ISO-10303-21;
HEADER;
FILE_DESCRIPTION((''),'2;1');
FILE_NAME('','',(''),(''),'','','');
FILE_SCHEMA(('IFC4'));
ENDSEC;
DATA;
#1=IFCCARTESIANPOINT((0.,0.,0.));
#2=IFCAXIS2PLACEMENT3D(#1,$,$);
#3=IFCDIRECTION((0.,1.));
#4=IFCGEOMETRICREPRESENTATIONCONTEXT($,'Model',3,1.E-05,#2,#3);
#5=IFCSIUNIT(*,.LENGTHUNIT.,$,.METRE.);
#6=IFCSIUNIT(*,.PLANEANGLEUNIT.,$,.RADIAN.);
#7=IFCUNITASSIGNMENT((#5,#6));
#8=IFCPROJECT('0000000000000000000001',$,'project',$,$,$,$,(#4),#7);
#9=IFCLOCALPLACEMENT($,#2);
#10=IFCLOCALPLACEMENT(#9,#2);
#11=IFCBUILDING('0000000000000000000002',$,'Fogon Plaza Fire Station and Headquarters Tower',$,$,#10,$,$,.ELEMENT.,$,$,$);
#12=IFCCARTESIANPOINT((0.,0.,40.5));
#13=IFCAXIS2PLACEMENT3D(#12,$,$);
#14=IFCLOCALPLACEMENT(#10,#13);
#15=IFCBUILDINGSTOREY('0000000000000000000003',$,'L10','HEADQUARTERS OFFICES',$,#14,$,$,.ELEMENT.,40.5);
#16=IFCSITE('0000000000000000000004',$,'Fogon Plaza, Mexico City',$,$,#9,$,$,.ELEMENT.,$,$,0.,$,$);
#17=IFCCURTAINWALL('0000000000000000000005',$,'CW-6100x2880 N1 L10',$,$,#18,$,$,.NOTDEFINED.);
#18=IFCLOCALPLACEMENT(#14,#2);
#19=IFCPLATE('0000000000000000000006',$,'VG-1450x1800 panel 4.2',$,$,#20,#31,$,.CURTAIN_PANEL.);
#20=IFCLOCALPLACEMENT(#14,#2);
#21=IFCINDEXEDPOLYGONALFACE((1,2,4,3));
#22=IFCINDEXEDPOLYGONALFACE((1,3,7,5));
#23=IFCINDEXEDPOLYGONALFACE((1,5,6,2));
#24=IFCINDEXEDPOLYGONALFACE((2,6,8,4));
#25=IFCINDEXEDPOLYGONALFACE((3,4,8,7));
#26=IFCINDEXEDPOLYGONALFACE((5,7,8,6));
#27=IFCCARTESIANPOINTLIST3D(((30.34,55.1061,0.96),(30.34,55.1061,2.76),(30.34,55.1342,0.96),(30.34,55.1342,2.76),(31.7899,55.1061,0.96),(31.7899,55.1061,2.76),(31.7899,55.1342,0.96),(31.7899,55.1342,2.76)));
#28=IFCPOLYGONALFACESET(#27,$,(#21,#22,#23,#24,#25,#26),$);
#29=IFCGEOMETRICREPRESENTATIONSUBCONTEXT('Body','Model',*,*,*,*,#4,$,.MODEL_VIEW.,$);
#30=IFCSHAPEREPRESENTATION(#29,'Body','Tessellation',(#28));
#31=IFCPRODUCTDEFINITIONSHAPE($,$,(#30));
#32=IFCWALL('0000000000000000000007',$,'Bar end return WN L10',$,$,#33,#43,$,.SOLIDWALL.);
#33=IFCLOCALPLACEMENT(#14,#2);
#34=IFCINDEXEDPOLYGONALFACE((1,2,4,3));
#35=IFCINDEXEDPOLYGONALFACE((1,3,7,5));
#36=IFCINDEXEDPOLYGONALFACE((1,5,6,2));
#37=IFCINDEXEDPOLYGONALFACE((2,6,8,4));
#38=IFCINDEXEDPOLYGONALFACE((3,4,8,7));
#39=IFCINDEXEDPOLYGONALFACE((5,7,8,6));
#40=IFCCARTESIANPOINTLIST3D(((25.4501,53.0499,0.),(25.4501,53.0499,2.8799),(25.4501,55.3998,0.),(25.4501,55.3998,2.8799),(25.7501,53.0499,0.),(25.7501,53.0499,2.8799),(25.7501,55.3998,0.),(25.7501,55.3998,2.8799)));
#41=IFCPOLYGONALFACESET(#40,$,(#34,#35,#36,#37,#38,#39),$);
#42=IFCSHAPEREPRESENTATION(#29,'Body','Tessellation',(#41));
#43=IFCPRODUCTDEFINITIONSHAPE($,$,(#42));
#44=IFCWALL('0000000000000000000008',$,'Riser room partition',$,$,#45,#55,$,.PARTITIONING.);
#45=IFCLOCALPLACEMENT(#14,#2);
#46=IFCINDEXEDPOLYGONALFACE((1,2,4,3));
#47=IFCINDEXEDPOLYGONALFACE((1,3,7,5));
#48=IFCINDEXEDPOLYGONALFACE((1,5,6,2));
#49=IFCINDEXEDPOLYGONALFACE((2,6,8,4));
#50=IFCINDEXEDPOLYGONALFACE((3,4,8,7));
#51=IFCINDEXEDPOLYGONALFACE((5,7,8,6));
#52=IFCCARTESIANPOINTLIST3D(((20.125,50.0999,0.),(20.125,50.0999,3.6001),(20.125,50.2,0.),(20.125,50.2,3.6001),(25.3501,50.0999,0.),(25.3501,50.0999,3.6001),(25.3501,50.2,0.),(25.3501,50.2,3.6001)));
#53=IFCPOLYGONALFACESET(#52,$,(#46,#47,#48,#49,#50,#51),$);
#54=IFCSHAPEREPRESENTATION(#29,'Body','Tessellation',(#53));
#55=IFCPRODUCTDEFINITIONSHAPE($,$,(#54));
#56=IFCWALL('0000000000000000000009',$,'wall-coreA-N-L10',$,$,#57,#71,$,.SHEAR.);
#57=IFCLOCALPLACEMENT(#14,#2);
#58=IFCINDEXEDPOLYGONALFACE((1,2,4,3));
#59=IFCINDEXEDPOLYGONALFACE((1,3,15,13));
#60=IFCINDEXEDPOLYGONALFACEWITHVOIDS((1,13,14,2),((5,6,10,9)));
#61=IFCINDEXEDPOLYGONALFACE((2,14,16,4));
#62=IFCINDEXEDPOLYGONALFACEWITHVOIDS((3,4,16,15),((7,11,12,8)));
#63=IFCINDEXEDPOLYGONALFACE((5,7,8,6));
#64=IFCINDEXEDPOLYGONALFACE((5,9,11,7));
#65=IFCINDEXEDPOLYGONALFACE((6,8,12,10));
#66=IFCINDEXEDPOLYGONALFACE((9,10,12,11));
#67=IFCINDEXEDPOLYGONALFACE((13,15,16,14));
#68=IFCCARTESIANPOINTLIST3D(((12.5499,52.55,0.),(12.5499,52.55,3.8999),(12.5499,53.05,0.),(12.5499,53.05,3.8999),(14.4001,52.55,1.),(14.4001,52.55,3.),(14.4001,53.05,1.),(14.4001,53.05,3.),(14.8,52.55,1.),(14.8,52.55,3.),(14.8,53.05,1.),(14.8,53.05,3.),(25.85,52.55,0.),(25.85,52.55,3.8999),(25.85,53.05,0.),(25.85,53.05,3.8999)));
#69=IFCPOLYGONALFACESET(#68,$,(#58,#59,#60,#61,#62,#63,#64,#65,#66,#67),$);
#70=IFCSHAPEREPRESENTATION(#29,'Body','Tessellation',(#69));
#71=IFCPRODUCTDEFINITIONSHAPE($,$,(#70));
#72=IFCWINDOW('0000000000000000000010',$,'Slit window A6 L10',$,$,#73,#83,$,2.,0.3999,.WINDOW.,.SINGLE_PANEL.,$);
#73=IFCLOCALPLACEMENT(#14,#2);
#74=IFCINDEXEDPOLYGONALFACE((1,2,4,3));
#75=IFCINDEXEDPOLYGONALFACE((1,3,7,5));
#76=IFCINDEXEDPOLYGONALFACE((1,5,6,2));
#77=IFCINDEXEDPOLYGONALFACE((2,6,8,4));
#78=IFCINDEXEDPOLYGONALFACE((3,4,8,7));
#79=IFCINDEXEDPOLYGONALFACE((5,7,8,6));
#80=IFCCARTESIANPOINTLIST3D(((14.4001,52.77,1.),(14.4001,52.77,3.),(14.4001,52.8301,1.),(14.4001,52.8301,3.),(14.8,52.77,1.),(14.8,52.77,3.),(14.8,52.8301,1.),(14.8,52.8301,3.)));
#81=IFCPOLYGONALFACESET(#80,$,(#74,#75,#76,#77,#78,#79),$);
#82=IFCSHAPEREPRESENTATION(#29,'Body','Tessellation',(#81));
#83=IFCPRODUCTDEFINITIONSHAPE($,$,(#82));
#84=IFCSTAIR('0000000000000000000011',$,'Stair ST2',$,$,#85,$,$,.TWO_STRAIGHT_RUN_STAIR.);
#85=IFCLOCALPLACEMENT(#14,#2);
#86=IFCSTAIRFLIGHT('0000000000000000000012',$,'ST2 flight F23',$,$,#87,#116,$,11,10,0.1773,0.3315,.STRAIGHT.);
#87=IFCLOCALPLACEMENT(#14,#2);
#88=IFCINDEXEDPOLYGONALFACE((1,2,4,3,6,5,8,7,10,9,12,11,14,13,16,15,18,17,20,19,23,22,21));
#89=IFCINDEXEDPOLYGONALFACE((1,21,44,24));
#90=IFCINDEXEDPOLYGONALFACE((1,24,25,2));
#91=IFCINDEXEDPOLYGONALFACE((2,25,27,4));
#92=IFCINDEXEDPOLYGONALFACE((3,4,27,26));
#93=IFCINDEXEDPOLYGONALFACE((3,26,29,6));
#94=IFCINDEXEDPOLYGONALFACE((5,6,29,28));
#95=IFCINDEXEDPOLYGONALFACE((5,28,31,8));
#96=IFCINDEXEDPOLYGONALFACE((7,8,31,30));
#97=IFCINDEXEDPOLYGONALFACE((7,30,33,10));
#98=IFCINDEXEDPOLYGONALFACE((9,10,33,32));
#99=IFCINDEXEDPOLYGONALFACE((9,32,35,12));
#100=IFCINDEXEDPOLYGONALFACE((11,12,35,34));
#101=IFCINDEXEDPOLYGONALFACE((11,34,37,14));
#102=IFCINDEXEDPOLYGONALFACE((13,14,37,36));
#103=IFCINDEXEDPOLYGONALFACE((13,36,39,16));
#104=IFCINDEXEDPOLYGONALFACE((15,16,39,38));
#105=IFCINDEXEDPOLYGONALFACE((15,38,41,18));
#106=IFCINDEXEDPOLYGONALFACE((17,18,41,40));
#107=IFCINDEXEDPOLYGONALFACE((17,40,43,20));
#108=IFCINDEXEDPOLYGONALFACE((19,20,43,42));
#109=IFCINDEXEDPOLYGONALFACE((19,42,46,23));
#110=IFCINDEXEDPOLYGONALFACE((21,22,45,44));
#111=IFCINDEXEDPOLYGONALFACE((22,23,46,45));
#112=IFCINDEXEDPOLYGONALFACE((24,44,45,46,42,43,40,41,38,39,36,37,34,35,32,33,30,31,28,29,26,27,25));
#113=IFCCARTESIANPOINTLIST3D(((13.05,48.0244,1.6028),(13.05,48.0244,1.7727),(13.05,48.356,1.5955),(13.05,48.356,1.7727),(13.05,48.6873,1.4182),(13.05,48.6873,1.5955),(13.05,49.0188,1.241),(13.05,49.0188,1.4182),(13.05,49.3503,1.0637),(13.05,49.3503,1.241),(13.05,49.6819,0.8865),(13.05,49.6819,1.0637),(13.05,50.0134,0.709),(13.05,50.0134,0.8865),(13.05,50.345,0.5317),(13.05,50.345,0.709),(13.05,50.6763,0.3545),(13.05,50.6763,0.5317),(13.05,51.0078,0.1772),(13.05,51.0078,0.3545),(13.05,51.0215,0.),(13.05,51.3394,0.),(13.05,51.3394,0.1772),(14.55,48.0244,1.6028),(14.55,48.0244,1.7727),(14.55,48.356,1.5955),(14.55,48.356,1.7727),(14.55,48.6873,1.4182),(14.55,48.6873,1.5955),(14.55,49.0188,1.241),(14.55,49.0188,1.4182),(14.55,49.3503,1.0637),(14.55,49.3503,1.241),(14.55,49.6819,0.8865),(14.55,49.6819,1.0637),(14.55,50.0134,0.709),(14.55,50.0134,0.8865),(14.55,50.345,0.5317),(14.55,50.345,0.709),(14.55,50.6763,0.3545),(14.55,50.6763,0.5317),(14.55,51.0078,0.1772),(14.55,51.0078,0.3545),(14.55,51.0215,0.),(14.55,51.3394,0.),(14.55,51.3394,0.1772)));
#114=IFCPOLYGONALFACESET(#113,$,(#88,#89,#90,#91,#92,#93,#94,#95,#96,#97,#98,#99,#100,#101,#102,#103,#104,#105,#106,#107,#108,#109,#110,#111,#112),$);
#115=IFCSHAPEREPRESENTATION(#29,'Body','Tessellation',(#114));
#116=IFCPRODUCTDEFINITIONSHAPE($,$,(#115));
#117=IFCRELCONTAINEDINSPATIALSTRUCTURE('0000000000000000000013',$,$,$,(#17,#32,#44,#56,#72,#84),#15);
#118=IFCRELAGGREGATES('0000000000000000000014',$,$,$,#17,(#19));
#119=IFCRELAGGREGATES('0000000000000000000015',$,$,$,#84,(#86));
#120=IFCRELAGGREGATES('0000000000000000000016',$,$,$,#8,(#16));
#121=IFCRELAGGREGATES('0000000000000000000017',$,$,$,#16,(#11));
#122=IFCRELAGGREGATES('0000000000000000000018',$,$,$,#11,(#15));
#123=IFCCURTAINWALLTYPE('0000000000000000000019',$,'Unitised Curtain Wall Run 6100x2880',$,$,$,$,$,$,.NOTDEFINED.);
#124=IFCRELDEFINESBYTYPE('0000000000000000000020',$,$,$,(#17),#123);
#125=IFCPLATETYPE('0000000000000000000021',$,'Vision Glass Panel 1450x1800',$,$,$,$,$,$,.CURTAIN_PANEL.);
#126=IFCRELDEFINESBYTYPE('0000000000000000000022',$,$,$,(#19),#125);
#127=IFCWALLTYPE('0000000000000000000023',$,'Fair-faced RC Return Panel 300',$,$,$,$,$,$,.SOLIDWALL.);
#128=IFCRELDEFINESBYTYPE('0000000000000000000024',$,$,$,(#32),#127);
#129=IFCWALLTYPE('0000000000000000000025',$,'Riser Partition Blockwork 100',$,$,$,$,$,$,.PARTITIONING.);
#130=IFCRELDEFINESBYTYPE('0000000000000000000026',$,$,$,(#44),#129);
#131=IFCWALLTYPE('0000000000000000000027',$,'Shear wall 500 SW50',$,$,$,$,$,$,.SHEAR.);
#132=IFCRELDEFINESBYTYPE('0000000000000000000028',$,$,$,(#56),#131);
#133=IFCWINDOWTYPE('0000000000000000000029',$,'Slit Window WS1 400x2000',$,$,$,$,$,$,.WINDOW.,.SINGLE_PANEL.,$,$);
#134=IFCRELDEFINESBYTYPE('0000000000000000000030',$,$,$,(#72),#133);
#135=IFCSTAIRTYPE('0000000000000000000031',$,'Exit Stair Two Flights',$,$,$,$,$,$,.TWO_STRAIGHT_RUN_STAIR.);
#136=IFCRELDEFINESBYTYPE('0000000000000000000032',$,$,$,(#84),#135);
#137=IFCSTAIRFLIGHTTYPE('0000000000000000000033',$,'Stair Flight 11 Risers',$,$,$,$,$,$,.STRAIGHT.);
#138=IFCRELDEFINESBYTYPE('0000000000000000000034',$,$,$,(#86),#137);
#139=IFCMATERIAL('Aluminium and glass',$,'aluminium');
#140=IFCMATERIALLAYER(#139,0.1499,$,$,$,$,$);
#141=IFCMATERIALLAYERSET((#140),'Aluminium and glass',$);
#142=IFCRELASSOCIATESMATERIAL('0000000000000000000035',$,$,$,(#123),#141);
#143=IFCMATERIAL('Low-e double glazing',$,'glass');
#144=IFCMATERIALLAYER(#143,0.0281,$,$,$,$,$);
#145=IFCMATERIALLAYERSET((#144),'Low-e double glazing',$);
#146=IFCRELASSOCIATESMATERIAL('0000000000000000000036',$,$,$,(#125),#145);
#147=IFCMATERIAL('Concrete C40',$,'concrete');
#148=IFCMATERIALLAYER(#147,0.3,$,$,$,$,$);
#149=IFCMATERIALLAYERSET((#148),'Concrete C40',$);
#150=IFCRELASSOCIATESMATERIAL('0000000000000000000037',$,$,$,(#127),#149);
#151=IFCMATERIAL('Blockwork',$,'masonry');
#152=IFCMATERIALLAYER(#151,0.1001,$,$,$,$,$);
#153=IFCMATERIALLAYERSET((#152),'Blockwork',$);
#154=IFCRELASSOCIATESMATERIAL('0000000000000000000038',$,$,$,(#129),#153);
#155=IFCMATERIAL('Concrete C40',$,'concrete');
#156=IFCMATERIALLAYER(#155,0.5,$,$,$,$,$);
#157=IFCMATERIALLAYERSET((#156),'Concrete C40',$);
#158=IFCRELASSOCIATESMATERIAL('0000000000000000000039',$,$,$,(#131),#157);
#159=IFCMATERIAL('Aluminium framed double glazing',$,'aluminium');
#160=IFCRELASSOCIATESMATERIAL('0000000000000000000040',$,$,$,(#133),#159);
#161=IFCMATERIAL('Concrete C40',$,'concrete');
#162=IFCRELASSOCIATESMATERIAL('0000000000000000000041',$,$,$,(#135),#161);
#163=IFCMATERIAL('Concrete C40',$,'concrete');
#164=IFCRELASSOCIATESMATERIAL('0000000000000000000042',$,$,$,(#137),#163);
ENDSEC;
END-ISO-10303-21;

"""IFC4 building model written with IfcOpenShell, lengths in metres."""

from ifc_helpers import new_model, si_unit, direction, frame, frame_2d, origin, origin_2d, place, context, subcontext, project, spatial, polyline, rectangle, outline, extrude, material, layer, layer_set, type_object, element, fill, aggregate, save


model = new_model("IFC4")

# Units and contexts
model_context = context("Model", 3, precision=1e-05, world=origin(), true_north=direction((0.0, 1.0)))
body_context = subcontext(model_context, "Body", "Model", "MODEL_VIEW")
ifc_project = project(units=[si_unit("LENGTHUNIT", "METRE"), si_unit("PLANEANGLEUNIT", "RADIAN")], contexts=[model_context])

# Site, building, storey
site_placement = place(None, origin())
site = spatial("IfcSite", under=ifc_project, at=site_placement, Name="Fogon Plaza, Mexico City", CompositionType="ELEMENT", RefElevation=0.0)
building_placement = place(site_placement, origin())
building = spatial("IfcBuilding", under=site, at=building_placement, Name="Fogon Plaza Fire Station and Headquarters Tower", CompositionType="ELEMENT")
storey_placement = place(building_placement, frame((0.0, 0.0, 40.5)))
storey = spatial("IfcBuildingStorey", under=building, at=storey_placement, Name="L10", Description="HEADQUARTERS OFFICES", CompositionType="ELEMENT", Elevation=40.5)

# Curtain wall
ifc_material_1 = material(Name="Aluminium and glass", Category="aluminium")
ifc_layer_1 = layer(ifc_material_1, 0.1499)
ifc_layer_set_1 = layer_set([ifc_layer_1], Name="Aluminium and glass")
curtain_wall_type = type_object("IfcCurtainWallType", Name="Unitised Curtain Wall Run 6100x2880", PredefinedType="NOTDEFINED", material=ifc_layer_set_1)
curtain_wall_placement = place(storey_placement, origin())
curtain_wall = element("IfcCurtainWall", 1, at=curtain_wall_placement, inside=storey, type_object=curtain_wall_type, Name="CW-6100x2880 N1 L10", PredefinedType="NOTDEFINED")

# Plate
ifc_material_2 = material(Name="Low-e double glazing", Category="glass")
ifc_layer_2 = layer(ifc_material_2, 0.0281)
ifc_layer_set_2 = layer_set([ifc_layer_2], Name="Low-e double glazing")
plate_type_1 = type_object("IfcPlateType", Name="Vision Glass Panel 1450x1800", PredefinedType="CURTAIN_PANEL", material=ifc_layer_set_2)
plate_1_placement = place(storey_placement, frame((31.0649, 55.1201, 0.96), z_axis=(0.0, 0.0, 1.0), x_axis=(1.0, 0.0, 0.0)))
plate_1 = element("IfcPlate", 2, at=plate_1_placement, type_object=plate_type_1, Name="VG-1450x1800 panel 4.2", PredefinedType="CURTAIN_PANEL", context=body_context, shape_type="SweptSolid", body=[
    extrude(rectangle(XDim=1.45, YDim=0.0281, at=origin_2d()), origin(), (0.0, 0.0, 1.0), 1.8),
])
aggregate(curtain_wall, [plate_1])

# Walls
ifc_material_3 = material(Name="Concrete C40", Category="concrete")
ifc_layer_3 = layer(ifc_material_3, 0.3)
ifc_layer_set_3 = layer_set([ifc_layer_3], Name="Concrete C40")
wall_type_1 = type_object("IfcWallType", Name="Fair-faced RC Return Panel 300", PredefinedType="SOLIDWALL", material=ifc_layer_set_3)
wall_1_placement = place(storey_placement, frame((25.6001, 53.05, 0.0), z_axis=(0.0, 0.0, 1.0), x_axis=(0.0, 1.0, 0.0)))
element("IfcWall", 3, at=wall_1_placement, inside=storey, type_object=wall_type_1, Name="Bar end return WN L10", PredefinedType="SOLIDWALL", context=body_context, shape_type="SweptSolid", body=[
    extrude(rectangle(XDim=2.3499, YDim=0.3, at=frame_2d((1.1748, 0.0))), origin(), (0.0, 0.0, 1.0), 2.8799),
])
ifc_material_4 = material(Name="Blockwork", Category="masonry")
ifc_layer_4 = layer(ifc_material_4, 0.1001)
ifc_layer_set_4 = layer_set([ifc_layer_4], Name="Blockwork")
wall_type_2 = type_object("IfcWallType", Name="Riser Partition Blockwork 100", PredefinedType="PARTITIONING", material=ifc_layer_set_4)
wall_2_placement = place(storey_placement, frame((20.125, 50.1499, 0.0), z_axis=(0.0, 0.0, 1.0), x_axis=(1.0, 0.0, 0.0)))
element("IfcWall", 4, at=wall_2_placement, inside=storey, type_object=wall_type_2, Name="Riser room partition", PredefinedType="PARTITIONING", context=body_context, shape_type="SweptSolid", body=[
    extrude(rectangle(XDim=5.2251, YDim=0.1001, at=frame_2d((2.6125, 0.0))), origin(), (0.0, 0.0, 1.0), 3.6001),
])

# Wall, opening, window
ifc_material_5 = material(Name="Concrete C40", Category="concrete")
ifc_layer_5 = layer(ifc_material_5, 0.5)
ifc_layer_set_5 = layer_set([ifc_layer_5], Name="Concrete C40")
wall_type_3 = type_object("IfcWallType", Name="Shear wall 500 SW50", PredefinedType="SHEAR", material=ifc_layer_set_5)
wall_3_placement = place(storey_placement, frame((12.55, 52.8, 0.0), z_axis=(0.0, 0.0, 1.0), x_axis=(1.0, 0.0, 0.0)))
wall_3 = element("IfcWall", 5, at=wall_3_placement, inside=storey, type_object=wall_type_3, Name="wall-coreA-N-L10", PredefinedType="SHEAR", context=body_context, shape_type="SweptSolid", body=[
    extrude(rectangle(XDim=13.3, YDim=0.5, at=frame_2d((6.6499, 0.0))), origin(), (0.0, 0.0, 1.0), 3.8999),
])
opening_placement = place(wall_3_placement, frame((1.8501, 0.0, 1.0)))
opening = element("IfcOpeningElement", 6, at=opening_placement, cuts=wall_3, PredefinedType="OPENING", context=body_context, shape_type="SweptSolid", body=[
    extrude(rectangle(XDim=0.3999, YDim=2.0, at=frame_2d((0.2, 1.0))), frame((0.0, 0.26, 0.0), z_axis=(0.0, -1.0, 0.0), x_axis=(1.0, 0.0, 0.0)), (0.0, 0.0, 1.0), 0.52),
])
ifc_material_6 = material(Name="Aluminium framed double glazing", Category="aluminium")
window_type = type_object("IfcWindowType", Name="Slit Window WS1 400x2000", PartitioningType="SINGLE_PANEL", PredefinedType="WINDOW", material=ifc_material_6)
window_placement = place(opening_placement, origin())
window = element("IfcWindow", 7, at=window_placement, inside=storey, type_object=window_type, Name="Slit window A6 L10", OverallHeight=2.0, OverallWidth=0.3999, PartitioningType="SINGLE_PANEL", PredefinedType="WINDOW", context=body_context, shape_type="SweptSolid", body=[
    extrude(rectangle(XDim=0.3999, YDim=2.0, at=frame_2d((0.2, 1.0))), frame((0.0, 0.03, 0.0), z_axis=(0.0, -1.0, 0.0), x_axis=(1.0, 0.0, 0.0)), (0.0, 0.0, 1.0), 0.0601),
])
fill(opening, window)

# Stair, stair flight
ifc_material_7 = material(Name="Concrete C40", Category="concrete")
stair_type = type_object("IfcStairType", Name="Exit Stair Two Flights", PredefinedType="TWO_STRAIGHT_RUN_STAIR", material=ifc_material_7)
stair_placement = place(storey_placement, origin())
stair = element("IfcStair", 8, at=stair_placement, inside=storey, type_object=stair_type, Name="Stair ST2", PredefinedType="TWO_STRAIGHT_RUN_STAIR")
ifc_material_8 = material(Name="Concrete C40", Category="concrete")
stair_flight_type = type_object("IfcStairFlightType", Name="Stair Flight 11 Risers", PredefinedType="STRAIGHT", material=ifc_material_8)
stair_flight_placement = place(storey_placement, frame((13.8, 51.3394, 0.0), z_axis=(0.0, 0.0, 1.0), x_axis=(0.0, -1.0, 0.0)))
stair_flight = element("IfcStairFlight", 9, at=stair_flight_placement, type_object=stair_flight_type, Name="ST2 flight F23", NumberOfRisers=11, NumberOfTreads=10, PredefinedType="STRAIGHT", RiserHeight=0.1773, TreadLength=0.3315, context=body_context, shape_type="SweptSolid", body=[
    extrude(outline(polyline([(0.0, 0.0), (0.0, 0.1772), (0.3315, 0.1772), (0.3315, 0.3545), (0.6631, 0.3545), (0.6631, 0.5317), (0.9944, 0.5317), (0.9944, 0.709), (1.3259, 0.709), (1.3259, 0.8865), (1.6575, 0.8865), (1.6575, 1.0637), (1.989, 1.0637), (1.989, 1.241), (2.3206, 1.241), (2.3206, 1.4182), (2.6521, 1.4182), (2.6521, 1.5955), (2.9834, 1.5955), (2.9834, 1.7727), (3.3149, 1.7727), (3.3149, 1.95), (3.3149, 1.6028), (0.3179, 0.0), (0.0, 0.0)])), frame((0.0, 0.75, 0.0), z_axis=(0.0, -1.0, 0.0), x_axis=(1.0, 0.0, 0.0)), (0.0, 0.0, 1.0), 1.5),
])
aggregate(stair, [stair_flight])

save(model, "model.ifc")
